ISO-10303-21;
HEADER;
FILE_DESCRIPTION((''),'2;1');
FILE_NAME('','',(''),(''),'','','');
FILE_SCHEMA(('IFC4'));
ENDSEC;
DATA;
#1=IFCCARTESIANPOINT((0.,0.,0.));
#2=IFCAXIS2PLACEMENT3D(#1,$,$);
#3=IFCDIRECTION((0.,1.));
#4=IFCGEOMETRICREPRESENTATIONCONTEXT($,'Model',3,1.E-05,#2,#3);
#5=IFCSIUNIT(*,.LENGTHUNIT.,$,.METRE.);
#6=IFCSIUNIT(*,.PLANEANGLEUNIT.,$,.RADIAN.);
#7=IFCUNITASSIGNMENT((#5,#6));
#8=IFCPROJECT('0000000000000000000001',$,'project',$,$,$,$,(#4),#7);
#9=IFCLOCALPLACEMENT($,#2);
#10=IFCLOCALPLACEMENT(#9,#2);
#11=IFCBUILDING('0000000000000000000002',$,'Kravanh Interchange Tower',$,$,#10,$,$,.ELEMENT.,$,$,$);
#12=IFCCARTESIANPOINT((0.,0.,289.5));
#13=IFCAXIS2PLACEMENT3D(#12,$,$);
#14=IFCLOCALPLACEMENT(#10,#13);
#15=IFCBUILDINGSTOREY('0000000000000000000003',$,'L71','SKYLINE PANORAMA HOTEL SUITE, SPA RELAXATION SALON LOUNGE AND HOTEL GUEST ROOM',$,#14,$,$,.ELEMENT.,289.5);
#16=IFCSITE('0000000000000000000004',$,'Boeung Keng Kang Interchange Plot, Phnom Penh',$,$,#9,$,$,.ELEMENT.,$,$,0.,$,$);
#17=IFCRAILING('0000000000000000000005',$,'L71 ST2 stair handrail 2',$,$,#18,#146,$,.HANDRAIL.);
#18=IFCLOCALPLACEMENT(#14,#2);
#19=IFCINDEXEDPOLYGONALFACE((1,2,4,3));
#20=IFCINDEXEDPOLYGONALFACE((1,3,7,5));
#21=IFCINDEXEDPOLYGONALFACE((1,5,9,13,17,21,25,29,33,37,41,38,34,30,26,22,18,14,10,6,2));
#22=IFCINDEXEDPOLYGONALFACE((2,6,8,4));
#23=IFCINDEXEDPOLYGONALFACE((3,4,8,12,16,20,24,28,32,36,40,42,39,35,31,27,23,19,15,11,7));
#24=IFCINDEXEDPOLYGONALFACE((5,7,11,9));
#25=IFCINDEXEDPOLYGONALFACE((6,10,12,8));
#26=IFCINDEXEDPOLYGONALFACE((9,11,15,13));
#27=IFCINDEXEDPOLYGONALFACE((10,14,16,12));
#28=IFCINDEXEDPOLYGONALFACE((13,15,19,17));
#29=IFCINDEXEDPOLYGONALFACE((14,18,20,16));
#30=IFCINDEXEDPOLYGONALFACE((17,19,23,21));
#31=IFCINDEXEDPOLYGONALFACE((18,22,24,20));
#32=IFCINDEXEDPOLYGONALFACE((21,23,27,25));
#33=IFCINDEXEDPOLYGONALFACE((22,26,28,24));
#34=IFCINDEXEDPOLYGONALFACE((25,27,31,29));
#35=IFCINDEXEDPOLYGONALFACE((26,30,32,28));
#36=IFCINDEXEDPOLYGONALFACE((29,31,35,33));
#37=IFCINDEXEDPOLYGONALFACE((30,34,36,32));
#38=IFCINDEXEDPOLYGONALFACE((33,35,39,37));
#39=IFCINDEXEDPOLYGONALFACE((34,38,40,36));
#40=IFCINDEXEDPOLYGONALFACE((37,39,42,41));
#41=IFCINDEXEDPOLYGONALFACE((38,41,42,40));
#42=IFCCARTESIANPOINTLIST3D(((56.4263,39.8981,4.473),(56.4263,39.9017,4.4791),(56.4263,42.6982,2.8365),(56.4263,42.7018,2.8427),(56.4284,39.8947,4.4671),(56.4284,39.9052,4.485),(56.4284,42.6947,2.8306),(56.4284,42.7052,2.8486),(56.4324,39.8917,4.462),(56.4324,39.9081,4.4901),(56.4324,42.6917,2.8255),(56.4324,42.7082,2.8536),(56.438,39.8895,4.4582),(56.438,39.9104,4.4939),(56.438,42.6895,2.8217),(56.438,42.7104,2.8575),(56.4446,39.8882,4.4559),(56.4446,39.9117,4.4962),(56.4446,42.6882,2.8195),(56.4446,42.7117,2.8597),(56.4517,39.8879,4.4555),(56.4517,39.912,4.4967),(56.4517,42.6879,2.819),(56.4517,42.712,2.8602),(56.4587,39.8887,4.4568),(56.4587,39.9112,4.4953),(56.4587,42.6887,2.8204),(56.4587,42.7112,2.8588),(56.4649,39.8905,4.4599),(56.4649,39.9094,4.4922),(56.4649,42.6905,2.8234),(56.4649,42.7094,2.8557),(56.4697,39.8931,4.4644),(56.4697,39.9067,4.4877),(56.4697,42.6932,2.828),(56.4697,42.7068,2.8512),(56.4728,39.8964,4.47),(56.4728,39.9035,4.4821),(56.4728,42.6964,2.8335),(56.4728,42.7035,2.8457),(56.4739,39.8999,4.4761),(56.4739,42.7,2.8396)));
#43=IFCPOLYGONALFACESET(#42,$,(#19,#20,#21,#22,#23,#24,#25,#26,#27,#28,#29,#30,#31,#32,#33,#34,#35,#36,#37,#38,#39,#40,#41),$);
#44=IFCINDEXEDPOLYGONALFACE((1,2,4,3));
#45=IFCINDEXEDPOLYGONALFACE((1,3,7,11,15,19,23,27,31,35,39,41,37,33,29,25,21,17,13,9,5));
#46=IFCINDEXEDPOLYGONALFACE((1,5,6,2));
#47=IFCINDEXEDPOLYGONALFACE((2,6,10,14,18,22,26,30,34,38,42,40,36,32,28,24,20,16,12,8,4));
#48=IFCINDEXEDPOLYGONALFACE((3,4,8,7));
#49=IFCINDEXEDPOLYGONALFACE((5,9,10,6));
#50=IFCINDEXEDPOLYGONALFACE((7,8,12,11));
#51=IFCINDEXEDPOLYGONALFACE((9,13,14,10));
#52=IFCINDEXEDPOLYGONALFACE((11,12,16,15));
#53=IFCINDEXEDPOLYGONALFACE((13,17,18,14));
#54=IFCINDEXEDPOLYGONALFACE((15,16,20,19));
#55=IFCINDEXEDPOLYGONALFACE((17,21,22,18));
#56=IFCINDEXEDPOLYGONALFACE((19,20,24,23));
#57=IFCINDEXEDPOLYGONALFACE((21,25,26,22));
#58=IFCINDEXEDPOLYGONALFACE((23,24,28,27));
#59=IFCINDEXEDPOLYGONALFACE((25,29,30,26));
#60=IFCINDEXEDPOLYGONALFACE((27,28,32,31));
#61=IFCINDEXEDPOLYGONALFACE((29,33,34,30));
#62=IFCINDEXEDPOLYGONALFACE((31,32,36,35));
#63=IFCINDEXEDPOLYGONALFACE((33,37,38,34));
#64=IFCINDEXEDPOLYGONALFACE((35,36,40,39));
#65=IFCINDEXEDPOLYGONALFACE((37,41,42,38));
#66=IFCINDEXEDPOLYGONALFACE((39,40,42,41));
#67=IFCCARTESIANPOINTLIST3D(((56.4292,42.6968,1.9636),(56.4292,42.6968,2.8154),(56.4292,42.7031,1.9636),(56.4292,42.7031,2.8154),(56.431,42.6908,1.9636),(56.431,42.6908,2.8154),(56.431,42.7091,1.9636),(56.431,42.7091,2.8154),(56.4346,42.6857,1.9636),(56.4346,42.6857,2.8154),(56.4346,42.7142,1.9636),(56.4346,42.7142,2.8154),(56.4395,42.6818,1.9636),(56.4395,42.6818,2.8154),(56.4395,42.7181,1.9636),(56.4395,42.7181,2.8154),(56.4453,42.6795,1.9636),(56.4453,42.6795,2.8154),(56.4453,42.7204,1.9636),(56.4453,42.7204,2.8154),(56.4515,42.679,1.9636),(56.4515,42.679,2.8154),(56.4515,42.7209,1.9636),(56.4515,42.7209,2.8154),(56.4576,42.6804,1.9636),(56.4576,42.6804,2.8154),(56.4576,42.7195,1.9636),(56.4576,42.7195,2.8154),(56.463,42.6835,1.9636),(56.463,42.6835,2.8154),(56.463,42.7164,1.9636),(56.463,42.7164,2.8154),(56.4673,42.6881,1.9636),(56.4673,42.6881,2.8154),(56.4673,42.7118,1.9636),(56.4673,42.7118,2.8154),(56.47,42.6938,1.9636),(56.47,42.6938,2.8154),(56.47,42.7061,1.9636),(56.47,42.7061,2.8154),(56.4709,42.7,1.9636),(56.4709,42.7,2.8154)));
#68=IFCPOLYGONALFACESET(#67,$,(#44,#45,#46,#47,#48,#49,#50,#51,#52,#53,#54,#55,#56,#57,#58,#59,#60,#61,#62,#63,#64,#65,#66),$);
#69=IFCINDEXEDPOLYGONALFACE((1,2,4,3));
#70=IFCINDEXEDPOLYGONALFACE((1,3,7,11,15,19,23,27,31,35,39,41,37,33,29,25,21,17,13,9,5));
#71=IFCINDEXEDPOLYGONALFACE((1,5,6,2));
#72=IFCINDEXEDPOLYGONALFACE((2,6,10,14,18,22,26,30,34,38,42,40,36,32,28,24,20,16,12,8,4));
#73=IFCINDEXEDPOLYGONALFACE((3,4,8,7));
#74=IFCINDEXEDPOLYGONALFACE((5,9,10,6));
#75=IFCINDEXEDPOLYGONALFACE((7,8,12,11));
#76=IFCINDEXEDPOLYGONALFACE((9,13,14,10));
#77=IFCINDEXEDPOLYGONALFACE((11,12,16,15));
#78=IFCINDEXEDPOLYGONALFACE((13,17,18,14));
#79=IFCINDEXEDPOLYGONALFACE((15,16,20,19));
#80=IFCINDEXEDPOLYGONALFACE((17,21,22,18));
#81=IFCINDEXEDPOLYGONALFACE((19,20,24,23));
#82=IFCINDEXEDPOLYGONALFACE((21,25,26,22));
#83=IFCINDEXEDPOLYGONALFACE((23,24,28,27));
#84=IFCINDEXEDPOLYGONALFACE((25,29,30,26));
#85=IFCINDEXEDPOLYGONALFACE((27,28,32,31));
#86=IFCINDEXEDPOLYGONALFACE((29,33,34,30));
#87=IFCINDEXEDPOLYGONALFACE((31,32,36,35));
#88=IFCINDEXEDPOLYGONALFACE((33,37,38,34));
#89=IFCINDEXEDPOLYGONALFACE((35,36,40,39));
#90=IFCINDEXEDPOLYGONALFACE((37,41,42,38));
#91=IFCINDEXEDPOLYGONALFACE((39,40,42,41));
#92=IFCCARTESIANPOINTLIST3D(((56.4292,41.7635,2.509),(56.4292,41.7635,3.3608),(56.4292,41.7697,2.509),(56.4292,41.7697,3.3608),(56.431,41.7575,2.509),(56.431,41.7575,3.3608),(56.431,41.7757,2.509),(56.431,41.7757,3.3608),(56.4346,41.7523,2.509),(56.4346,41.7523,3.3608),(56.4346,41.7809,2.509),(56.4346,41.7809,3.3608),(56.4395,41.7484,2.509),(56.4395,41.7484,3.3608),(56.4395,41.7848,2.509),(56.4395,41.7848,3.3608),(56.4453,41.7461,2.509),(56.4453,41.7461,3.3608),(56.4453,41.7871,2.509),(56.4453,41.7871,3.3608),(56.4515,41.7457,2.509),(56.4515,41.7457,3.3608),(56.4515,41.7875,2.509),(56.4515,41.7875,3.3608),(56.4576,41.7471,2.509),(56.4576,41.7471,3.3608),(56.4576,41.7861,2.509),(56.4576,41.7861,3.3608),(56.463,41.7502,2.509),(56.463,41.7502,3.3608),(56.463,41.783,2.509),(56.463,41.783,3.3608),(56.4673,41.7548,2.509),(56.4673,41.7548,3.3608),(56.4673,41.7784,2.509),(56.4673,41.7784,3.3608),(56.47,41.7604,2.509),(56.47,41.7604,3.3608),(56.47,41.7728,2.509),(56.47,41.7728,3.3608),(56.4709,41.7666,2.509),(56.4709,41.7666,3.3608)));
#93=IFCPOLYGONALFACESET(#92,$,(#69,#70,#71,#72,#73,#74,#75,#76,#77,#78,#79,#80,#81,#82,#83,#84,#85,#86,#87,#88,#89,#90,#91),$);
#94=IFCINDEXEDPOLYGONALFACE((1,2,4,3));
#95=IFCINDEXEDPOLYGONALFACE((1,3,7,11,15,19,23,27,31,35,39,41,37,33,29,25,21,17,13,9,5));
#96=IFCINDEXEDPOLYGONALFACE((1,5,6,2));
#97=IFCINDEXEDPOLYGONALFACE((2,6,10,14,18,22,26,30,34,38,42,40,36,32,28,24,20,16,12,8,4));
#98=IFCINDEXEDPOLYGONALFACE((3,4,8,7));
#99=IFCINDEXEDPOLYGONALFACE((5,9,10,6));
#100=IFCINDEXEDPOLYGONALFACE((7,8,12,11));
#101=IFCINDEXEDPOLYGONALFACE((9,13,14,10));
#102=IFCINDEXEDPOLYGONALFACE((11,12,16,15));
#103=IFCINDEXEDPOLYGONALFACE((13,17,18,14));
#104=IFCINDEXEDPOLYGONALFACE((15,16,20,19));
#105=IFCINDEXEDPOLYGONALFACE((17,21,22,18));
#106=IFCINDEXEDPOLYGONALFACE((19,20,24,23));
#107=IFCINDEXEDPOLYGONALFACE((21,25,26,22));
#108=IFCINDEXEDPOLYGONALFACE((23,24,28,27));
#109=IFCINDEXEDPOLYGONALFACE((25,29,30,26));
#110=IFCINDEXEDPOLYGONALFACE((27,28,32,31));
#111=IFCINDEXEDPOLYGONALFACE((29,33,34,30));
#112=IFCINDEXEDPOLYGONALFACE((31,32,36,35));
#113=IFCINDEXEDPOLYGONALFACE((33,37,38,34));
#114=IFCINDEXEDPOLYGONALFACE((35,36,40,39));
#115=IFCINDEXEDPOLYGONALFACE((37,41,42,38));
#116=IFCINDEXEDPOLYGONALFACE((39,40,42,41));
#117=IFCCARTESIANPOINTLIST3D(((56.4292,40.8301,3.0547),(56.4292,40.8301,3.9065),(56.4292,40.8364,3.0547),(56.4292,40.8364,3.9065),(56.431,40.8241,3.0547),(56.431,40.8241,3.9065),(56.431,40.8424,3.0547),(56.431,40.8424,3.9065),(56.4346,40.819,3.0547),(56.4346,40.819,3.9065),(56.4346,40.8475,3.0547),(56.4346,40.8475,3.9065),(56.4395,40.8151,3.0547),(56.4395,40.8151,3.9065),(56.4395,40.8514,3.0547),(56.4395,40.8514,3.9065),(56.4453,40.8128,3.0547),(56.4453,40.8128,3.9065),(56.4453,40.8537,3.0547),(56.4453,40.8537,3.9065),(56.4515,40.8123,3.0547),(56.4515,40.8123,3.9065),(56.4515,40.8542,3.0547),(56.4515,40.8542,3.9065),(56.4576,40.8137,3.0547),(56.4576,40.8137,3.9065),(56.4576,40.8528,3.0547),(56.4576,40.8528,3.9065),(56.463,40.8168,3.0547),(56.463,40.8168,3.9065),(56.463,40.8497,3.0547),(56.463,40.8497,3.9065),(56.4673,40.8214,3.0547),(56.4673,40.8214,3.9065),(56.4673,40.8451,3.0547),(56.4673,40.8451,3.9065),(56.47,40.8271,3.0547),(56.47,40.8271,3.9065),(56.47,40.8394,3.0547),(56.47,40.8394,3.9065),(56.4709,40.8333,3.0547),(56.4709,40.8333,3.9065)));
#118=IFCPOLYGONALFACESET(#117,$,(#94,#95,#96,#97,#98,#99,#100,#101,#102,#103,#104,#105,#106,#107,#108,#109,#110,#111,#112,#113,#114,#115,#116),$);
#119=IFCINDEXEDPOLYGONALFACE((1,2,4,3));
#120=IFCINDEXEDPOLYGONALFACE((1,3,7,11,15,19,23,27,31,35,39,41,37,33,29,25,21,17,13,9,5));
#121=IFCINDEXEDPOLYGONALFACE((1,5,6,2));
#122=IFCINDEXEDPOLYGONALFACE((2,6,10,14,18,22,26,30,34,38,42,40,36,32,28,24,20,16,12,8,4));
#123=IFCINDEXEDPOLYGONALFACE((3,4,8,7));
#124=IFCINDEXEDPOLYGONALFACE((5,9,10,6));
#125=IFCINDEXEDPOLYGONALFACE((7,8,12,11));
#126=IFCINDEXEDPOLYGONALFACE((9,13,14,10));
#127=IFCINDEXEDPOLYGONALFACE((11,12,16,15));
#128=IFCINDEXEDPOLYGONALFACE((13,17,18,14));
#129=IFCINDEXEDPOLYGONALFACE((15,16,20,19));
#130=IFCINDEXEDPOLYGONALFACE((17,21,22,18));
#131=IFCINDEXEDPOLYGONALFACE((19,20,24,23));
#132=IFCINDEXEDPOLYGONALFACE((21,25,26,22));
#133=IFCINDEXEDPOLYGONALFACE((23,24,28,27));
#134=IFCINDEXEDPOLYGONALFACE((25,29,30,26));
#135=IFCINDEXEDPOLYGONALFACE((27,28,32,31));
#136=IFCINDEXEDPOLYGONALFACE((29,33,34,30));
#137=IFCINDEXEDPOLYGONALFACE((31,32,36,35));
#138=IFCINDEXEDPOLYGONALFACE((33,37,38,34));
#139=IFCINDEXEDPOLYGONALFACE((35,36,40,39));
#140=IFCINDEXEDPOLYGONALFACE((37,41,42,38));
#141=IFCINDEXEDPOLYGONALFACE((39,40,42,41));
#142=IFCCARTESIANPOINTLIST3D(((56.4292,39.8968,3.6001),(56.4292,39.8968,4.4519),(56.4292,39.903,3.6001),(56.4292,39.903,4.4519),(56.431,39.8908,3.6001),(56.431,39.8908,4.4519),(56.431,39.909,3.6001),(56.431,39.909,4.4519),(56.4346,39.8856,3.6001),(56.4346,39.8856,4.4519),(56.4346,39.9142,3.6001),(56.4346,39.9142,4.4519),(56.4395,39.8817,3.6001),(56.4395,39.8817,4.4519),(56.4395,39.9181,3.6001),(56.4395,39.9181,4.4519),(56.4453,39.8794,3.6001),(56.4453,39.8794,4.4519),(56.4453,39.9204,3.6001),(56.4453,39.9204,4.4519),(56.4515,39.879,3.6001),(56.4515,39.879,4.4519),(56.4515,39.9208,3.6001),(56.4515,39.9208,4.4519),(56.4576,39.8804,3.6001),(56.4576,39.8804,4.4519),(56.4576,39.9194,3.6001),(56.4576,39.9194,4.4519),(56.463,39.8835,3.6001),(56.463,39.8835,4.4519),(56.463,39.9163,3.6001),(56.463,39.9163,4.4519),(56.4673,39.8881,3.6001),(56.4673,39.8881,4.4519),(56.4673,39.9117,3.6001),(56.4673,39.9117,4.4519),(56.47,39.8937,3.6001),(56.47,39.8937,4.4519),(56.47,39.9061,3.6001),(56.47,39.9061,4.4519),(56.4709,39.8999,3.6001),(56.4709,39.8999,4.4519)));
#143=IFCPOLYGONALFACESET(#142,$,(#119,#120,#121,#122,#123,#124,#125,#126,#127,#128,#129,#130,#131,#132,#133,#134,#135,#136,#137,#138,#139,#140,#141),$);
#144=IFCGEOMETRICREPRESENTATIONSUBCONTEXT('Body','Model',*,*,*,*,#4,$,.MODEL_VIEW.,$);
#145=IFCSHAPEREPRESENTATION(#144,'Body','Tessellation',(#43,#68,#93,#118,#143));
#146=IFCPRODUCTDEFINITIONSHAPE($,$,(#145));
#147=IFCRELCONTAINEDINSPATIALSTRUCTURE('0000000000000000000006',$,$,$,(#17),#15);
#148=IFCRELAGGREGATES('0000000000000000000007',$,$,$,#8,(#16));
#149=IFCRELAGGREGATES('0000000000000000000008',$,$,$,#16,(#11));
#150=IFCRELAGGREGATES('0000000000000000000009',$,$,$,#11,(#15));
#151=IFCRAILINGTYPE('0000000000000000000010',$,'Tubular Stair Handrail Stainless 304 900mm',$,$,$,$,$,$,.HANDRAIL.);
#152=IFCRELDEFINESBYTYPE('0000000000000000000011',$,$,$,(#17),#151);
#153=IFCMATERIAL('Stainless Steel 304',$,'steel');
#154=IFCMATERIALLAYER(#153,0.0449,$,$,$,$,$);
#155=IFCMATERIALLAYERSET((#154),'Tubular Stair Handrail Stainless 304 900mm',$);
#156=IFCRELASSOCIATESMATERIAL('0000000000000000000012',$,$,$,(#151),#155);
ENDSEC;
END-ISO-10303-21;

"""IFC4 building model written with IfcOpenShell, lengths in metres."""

from ifc_helpers import new_model, si_unit, direction, frame, origin, origin_2d, place, context, subcontext, project, spatial, circle, extrude, material, layer, layer_set, type_object, element, save


model = new_model("IFC4")

# Units and contexts
model_context = context("Model", 3, precision=1e-05, world=origin(), true_north=direction((0.0, 1.0)))
body_context = subcontext(model_context, "Body", "Model", "MODEL_VIEW")
ifc_project = project(units=[si_unit("LENGTHUNIT", "METRE"), si_unit("PLANEANGLEUNIT", "RADIAN")], contexts=[model_context])

# Site, building, storey
site_placement = place(None, origin())
site = spatial("IfcSite", under=ifc_project, at=site_placement, Name="Boeung Keng Kang Interchange Plot, Phnom Penh", CompositionType="ELEMENT", RefElevation=0.0)
building_placement = place(site_placement, origin())
building = spatial("IfcBuilding", under=site, at=building_placement, Name="Kravanh Interchange Tower", CompositionType="ELEMENT")
storey_placement = place(building_placement, frame((0.0, 0.0, 289.5)))
storey = spatial("IfcBuildingStorey", under=building, at=storey_placement, Name="L71", Description="SKYLINE PANORAMA HOTEL SUITE, SPA RELAXATION SALON LOUNGE AND HOTEL GUEST ROOM", CompositionType="ELEMENT", Elevation=289.5)

# Railing
ifc_material_1 = material(Name="Stainless Steel 304", Category="steel")
ifc_layer_1 = layer(ifc_material_1, 0.0449)
ifc_layer_set_1 = layer_set([ifc_layer_1], Name="Tubular Stair Handrail Stainless 304 900mm")
railing_type_1 = type_object("IfcRailingType", Name="Tubular Stair Handrail Stainless 304 900mm", PredefinedType="HANDRAIL", material=ifc_layer_set_1)
railing_1_placement = place(storey_placement, frame((56.45, 42.7, 1.9636)))
element("IfcRailing", 1, at=railing_1_placement, inside=storey, type_object=railing_type_1, Name="L71 ST2 stair handrail 2", PredefinedType="HANDRAIL", context=body_context, shape_type="SweptSolid", body=[
    extrude(circle(Radius=0.0239, at=origin_2d()), frame((0.0, 0.0, 0.876), z_axis=(0.0, -0.863361, 0.504587), x_axis=(1.0, 0.0, 0.0)), (0.0, 0.0, 1.0), 3.2432),
    extrude(circle(Radius=0.021, at=origin_2d()), origin(), (0.0, 0.0, 1.0), 0.8518),
    extrude(circle(Radius=0.021, at=origin_2d()), frame((0.0, -0.9333, 0.5454)), (0.0, 0.0, 1.0), 0.8518),
    extrude(circle(Radius=0.021, at=origin_2d()), frame((0.0, -1.8667, 1.0911)), (0.0, 0.0, 1.0), 0.8518),
    extrude(circle(Radius=0.021, at=origin_2d()), frame((0.0, -2.8, 1.6365)), (0.0, 0.0, 1.0), 0.8518),
])

save(model, "model.ifc")
